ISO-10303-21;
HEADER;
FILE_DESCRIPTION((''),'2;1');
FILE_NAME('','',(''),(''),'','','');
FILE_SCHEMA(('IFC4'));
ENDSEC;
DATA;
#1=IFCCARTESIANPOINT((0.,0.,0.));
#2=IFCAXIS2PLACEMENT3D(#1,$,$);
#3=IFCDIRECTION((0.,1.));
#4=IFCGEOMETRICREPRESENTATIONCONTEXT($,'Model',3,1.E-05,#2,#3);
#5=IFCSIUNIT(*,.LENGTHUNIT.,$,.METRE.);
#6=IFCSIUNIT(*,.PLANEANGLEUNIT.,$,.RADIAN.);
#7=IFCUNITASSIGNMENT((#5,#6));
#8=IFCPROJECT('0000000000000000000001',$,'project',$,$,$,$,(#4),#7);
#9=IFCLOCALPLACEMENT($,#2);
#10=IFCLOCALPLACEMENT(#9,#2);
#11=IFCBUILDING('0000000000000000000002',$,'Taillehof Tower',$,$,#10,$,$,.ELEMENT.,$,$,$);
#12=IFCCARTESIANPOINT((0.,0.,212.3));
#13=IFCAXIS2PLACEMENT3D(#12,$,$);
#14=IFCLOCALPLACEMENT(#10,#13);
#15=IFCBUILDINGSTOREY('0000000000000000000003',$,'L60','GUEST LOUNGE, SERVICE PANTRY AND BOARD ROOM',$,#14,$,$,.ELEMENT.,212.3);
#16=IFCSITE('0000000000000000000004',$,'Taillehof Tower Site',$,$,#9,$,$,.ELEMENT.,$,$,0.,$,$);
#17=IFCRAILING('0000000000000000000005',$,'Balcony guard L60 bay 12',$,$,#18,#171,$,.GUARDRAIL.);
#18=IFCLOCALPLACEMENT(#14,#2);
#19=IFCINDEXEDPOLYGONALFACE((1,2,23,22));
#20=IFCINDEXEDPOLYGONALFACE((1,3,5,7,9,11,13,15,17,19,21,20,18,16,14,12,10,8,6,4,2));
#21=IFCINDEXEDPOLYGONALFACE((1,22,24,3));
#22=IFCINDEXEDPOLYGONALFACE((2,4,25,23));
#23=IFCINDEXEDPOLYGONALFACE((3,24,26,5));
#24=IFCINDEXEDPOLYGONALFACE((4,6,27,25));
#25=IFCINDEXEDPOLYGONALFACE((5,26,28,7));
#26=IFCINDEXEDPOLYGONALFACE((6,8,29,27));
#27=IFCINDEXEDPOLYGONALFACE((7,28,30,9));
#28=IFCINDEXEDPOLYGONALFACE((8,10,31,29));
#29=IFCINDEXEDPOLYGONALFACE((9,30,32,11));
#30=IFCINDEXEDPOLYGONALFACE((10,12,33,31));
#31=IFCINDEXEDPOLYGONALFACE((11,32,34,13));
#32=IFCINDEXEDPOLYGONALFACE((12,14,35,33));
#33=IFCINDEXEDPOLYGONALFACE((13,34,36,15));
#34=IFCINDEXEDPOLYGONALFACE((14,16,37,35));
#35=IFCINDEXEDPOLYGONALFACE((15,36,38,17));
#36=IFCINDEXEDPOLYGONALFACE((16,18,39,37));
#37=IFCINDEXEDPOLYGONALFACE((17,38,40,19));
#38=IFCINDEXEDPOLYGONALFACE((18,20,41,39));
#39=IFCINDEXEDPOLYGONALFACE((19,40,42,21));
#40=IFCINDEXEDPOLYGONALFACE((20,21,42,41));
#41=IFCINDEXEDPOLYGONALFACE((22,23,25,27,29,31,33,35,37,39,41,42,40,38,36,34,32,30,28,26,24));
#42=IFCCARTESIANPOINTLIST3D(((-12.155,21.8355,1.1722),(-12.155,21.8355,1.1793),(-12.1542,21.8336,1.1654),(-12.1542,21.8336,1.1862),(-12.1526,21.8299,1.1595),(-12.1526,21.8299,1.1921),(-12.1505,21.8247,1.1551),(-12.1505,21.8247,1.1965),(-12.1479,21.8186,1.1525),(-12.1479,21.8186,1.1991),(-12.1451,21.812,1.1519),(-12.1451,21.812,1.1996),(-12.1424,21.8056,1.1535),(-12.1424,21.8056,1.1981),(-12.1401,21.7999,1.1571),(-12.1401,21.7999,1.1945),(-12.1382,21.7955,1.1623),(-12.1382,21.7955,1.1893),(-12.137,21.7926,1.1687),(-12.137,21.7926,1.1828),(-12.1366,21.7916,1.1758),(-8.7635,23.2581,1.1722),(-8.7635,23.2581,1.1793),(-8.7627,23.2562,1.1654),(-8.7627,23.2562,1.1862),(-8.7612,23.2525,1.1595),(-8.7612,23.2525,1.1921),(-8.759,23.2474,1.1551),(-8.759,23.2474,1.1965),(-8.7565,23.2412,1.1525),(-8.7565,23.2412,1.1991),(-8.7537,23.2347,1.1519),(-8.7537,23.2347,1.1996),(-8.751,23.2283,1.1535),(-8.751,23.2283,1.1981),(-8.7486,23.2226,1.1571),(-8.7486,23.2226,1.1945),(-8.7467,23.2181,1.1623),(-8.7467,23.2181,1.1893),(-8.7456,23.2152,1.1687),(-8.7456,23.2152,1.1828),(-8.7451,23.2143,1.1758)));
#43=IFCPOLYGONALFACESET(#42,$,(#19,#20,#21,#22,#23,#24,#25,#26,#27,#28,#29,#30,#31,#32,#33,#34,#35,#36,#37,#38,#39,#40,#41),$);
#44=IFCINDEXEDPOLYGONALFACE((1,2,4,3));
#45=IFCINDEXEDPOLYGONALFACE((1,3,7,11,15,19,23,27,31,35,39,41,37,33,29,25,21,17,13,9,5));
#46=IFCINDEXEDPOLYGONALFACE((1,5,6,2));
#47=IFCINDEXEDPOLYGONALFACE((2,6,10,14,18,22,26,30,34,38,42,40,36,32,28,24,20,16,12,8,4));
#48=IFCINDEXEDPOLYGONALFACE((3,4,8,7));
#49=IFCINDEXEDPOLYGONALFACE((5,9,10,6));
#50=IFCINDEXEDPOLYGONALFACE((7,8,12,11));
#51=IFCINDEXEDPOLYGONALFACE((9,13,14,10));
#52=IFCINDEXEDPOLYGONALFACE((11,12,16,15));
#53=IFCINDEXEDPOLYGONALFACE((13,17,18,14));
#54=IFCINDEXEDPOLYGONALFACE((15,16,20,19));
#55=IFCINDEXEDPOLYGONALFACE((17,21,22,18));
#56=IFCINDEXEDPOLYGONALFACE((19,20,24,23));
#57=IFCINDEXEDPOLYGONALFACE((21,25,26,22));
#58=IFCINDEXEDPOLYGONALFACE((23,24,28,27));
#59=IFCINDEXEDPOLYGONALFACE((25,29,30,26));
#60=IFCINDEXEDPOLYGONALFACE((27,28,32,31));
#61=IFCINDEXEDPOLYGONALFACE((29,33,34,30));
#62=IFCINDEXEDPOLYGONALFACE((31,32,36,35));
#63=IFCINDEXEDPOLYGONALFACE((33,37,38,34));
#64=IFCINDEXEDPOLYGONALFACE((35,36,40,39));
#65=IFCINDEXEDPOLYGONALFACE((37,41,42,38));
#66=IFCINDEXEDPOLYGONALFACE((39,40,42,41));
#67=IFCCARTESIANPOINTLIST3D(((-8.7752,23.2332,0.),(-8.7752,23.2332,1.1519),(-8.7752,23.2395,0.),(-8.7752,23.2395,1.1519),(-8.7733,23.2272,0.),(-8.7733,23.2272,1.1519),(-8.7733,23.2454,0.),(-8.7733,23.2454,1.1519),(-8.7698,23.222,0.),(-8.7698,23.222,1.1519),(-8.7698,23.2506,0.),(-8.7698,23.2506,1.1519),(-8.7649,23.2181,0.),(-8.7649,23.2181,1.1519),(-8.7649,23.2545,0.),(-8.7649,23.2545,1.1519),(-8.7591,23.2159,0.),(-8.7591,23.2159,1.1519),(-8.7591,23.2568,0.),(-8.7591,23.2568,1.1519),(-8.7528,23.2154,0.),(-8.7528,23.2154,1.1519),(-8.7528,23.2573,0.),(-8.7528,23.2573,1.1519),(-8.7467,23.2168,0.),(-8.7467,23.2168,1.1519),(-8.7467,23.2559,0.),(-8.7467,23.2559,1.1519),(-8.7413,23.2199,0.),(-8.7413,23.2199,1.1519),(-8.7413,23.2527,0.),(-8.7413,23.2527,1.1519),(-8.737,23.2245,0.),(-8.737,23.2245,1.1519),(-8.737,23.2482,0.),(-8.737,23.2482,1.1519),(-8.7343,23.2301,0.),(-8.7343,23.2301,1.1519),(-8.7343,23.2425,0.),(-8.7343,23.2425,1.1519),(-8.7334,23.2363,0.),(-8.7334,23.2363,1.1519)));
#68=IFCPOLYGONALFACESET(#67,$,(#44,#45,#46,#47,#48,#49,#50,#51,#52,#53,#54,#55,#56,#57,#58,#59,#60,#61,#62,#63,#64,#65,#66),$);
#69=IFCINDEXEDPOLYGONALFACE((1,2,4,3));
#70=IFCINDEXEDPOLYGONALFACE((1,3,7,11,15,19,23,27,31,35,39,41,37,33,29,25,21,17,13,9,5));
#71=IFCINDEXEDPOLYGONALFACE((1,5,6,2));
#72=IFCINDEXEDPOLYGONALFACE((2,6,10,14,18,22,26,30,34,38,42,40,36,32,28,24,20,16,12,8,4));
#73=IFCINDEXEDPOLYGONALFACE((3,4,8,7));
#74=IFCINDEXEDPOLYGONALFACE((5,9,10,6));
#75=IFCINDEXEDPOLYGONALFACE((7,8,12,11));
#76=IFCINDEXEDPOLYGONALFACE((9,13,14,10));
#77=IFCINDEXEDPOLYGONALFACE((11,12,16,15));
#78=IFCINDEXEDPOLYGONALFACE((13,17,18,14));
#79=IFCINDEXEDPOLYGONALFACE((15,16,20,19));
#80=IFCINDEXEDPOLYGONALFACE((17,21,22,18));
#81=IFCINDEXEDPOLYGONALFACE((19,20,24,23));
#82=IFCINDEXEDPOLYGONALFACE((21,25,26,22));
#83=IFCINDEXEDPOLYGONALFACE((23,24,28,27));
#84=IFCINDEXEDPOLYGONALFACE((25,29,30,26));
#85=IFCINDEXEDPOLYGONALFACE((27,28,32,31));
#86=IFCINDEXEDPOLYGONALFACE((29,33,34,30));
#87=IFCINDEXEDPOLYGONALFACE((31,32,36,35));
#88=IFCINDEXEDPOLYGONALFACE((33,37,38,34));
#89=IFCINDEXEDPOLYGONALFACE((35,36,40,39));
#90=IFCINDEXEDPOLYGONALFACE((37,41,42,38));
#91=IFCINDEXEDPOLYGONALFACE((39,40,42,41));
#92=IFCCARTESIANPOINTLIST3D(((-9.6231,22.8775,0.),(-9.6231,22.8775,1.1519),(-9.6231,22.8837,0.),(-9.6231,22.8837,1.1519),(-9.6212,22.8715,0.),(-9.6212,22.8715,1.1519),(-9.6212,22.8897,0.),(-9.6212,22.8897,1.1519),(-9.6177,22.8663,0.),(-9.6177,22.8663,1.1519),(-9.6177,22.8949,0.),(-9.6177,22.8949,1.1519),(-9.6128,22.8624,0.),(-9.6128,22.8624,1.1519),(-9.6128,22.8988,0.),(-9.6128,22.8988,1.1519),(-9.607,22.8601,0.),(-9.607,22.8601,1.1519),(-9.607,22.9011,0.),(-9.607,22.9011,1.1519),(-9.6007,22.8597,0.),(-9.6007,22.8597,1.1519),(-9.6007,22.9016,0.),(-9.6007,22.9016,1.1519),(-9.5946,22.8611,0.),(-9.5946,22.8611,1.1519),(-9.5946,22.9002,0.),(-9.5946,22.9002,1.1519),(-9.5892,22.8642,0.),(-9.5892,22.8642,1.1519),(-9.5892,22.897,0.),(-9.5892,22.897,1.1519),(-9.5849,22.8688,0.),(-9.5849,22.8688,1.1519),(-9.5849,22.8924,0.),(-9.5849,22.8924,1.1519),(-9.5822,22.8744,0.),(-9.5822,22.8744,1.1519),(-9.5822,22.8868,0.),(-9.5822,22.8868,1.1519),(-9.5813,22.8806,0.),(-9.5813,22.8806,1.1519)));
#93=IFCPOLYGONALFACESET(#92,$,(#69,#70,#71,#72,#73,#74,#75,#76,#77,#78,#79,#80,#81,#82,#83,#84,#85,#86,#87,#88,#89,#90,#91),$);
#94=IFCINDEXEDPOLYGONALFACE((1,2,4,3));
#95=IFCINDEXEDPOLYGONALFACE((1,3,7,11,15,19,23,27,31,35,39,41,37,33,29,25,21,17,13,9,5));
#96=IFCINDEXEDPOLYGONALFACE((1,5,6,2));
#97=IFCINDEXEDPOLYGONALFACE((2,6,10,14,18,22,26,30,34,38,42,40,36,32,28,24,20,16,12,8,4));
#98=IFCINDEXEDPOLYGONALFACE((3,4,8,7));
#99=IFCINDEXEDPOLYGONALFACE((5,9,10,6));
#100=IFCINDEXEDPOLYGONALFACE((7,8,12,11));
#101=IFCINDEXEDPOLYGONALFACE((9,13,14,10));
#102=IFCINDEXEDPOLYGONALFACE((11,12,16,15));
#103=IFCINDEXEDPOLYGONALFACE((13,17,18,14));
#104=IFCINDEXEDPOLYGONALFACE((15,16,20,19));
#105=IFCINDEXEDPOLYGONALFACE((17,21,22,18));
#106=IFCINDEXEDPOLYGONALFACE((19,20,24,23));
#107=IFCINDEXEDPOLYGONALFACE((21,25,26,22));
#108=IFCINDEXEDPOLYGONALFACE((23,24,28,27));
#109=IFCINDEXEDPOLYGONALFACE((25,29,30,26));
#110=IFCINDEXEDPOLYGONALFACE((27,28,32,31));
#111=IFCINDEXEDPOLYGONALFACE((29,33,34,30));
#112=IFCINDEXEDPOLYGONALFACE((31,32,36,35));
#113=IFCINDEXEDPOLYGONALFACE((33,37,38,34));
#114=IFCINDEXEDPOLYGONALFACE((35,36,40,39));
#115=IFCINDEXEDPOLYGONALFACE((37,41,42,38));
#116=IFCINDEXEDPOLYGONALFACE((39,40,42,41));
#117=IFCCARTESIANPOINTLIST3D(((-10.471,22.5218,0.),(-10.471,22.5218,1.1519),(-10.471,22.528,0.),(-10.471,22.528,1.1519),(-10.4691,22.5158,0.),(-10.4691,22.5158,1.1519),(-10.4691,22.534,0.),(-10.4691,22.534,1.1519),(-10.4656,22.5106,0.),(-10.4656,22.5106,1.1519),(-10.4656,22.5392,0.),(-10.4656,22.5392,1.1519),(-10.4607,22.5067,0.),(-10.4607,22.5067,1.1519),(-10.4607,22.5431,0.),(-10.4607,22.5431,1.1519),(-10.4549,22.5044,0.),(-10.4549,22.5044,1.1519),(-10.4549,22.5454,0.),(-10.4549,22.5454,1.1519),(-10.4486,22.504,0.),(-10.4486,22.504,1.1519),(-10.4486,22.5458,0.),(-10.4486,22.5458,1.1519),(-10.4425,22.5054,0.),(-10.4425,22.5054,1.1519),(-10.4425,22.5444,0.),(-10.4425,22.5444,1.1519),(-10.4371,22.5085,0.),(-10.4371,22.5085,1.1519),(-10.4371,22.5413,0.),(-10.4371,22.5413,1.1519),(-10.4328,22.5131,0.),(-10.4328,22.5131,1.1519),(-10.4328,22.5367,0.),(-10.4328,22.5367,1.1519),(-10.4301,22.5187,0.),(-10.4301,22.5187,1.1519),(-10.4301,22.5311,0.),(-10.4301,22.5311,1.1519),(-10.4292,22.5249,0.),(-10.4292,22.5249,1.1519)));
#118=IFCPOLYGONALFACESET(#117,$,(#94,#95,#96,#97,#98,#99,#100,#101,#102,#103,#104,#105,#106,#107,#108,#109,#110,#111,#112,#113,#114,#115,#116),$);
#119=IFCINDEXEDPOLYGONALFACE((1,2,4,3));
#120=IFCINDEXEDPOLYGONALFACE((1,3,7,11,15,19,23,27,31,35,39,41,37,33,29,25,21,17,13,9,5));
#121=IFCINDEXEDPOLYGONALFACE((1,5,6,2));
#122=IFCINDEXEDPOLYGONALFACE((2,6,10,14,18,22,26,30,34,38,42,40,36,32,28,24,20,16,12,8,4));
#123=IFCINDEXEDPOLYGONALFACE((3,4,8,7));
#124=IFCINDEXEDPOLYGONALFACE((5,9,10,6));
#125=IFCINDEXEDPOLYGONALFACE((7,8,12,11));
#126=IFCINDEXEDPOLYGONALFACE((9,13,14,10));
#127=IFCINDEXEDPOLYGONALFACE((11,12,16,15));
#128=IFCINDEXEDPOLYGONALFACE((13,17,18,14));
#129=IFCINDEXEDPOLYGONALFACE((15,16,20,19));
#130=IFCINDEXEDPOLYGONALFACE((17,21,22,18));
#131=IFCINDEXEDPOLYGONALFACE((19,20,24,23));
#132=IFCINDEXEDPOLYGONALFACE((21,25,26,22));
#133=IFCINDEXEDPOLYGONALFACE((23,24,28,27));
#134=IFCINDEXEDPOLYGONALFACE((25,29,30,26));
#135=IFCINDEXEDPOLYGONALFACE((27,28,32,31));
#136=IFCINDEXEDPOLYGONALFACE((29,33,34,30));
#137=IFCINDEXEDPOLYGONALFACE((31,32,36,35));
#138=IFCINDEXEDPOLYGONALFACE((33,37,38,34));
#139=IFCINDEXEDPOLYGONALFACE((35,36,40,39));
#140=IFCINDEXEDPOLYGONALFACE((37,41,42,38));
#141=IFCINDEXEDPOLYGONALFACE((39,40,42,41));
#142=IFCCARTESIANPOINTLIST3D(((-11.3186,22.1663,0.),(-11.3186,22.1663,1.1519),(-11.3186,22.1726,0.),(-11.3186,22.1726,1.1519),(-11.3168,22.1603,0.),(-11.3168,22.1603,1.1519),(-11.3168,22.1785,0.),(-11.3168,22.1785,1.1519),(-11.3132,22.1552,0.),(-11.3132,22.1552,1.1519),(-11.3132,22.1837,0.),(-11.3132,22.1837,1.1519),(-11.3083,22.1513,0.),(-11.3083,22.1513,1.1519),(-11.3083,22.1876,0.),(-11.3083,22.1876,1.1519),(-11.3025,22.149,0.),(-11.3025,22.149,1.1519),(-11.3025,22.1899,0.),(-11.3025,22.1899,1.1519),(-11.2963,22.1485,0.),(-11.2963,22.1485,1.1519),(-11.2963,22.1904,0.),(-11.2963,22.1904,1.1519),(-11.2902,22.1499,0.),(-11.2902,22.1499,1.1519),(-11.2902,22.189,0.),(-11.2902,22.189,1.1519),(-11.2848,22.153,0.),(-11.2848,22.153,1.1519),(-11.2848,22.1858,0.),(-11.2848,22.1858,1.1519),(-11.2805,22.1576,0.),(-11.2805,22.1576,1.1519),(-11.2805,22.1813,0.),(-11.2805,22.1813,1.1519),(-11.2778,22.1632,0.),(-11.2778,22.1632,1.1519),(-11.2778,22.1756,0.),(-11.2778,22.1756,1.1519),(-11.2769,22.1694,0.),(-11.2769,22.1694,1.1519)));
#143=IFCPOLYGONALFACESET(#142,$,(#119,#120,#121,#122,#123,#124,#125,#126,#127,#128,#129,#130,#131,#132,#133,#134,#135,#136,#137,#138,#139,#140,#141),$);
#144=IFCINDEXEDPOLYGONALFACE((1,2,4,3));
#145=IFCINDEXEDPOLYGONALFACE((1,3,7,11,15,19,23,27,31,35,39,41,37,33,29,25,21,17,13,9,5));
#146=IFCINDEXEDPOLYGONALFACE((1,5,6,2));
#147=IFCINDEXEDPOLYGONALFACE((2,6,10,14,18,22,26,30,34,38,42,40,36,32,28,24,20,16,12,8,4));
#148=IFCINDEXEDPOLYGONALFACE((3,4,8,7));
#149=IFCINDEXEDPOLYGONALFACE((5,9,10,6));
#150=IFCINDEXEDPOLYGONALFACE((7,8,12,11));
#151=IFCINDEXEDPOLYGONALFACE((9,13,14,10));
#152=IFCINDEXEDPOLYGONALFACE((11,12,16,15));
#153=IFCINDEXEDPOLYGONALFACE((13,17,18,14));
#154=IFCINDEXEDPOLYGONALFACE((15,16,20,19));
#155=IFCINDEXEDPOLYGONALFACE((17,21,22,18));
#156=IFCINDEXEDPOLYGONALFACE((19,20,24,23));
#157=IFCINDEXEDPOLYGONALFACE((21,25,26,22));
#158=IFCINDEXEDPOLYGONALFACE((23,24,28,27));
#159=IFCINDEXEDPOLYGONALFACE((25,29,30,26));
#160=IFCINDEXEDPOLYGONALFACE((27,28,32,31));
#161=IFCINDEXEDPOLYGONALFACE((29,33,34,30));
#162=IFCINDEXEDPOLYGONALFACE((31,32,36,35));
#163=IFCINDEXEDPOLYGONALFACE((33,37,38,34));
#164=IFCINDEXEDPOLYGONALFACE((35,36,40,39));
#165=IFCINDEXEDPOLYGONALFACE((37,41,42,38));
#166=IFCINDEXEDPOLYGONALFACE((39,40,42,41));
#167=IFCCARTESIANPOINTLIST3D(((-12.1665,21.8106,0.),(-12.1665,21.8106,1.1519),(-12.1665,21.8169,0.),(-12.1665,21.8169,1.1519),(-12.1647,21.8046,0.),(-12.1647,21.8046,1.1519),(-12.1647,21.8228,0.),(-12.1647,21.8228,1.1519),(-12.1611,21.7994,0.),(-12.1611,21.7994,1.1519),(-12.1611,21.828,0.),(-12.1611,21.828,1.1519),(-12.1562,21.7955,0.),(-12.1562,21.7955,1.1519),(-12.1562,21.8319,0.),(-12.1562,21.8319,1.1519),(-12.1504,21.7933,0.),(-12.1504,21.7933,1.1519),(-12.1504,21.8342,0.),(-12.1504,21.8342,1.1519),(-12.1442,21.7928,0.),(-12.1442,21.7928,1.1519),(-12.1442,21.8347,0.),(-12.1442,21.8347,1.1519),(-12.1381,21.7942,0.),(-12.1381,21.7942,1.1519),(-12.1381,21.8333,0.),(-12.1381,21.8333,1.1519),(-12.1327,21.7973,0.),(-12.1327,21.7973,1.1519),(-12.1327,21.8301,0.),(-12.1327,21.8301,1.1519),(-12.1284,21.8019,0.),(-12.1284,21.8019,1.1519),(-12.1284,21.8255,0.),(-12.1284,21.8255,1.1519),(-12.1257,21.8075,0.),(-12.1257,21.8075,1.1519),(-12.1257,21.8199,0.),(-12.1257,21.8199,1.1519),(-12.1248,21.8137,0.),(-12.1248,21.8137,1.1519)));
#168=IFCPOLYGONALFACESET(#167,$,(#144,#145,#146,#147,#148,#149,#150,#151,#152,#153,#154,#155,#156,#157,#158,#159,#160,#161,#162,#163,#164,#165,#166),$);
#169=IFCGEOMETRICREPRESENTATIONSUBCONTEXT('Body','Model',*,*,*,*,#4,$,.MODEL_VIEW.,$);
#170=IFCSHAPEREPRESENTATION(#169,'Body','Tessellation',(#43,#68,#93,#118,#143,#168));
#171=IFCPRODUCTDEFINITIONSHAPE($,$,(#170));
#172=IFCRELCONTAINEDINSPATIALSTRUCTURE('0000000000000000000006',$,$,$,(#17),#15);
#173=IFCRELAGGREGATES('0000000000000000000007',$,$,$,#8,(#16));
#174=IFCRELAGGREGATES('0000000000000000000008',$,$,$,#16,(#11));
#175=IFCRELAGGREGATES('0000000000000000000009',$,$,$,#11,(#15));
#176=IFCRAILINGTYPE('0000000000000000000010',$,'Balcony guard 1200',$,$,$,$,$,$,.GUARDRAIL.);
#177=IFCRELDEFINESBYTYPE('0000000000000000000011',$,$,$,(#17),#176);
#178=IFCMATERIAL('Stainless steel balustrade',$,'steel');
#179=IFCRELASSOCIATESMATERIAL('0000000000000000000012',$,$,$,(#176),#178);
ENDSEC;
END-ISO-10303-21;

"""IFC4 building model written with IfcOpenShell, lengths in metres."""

from ifc_helpers import new_model, si_unit, direction, frame, origin, origin_2d, place, context, subcontext, project, spatial, circle, extrude, material, type_object, element, save


model = new_model("IFC4")

# Units and contexts
model_context = context("Model", 3, precision=1e-05, world=origin(), true_north=direction((0.0, 1.0)))
body_context = subcontext(model_context, "Body", "Model", "MODEL_VIEW")
ifc_project = project(units=[si_unit("LENGTHUNIT", "METRE"), si_unit("PLANEANGLEUNIT", "RADIAN")], contexts=[model_context])

# Site, building, storey
site_placement = place(None, origin())
site = spatial("IfcSite", under=ifc_project, at=site_placement, Name="Taillehof Tower Site", CompositionType="ELEMENT", RefElevation=0.0)
building_placement = place(site_placement, origin())
building = spatial("IfcBuilding", under=site, at=building_placement, Name="Taillehof Tower", CompositionType="ELEMENT")
storey_placement = place(building_placement, frame((0.0, 0.0, 212.3)))
storey = spatial("IfcBuildingStorey", under=building, at=storey_placement, Name="L60", Description="GUEST LOUNGE, SERVICE PANTRY AND BOARD ROOM", CompositionType="ELEMENT", Elevation=212.3)

# Railing
ifc_material_1 = material(Name="Stainless steel balustrade", Category="steel")
railing_type = type_object("IfcRailingType", Name="Balcony guard 1200", PredefinedType="GUARDRAIL", material=ifc_material_1)
railing_placement = place(storey_placement, frame((-8.7544, 23.2363, 0.0)))
element("IfcRailing", 1, at=railing_placement, inside=storey, type_object=railing_type, Name="Balcony guard L60 bay 12", PredefinedType="GUARDRAIL", context=body_context, shape_type="SweptSolid", body=[
    extrude(circle(Radius=0.0239, at=origin_2d()), frame((0.0, 0.0, 1.1758), z_axis=(-0.922153, -0.386825, 0.0), x_axis=(0.386825, -0.922153, 0.0)), (0.0, 0.0, 1.0), 3.6777),
    extrude(circle(Radius=0.021, at=origin_2d()), origin(), (0.0, 0.0, 1.0), 1.1519),
    extrude(circle(Radius=0.021, at=origin_2d()), frame((-0.8479, -0.3557, 0.0)), (0.0, 0.0, 1.0), 1.1519),
    extrude(circle(Radius=0.021, at=origin_2d()), frame((-1.6958, -0.7114, 0.0)), (0.0, 0.0, 1.0), 1.1519),
    extrude(circle(Radius=0.021, at=origin_2d()), frame((-2.5435, -1.0669, 0.0)), (0.0, 0.0, 1.0), 1.1519),
    extrude(circle(Radius=0.021, at=origin_2d()), frame((-3.3914, -1.4226, 0.0)), (0.0, 0.0, 1.0), 1.1519),
])

save(model, "model.ifc")
